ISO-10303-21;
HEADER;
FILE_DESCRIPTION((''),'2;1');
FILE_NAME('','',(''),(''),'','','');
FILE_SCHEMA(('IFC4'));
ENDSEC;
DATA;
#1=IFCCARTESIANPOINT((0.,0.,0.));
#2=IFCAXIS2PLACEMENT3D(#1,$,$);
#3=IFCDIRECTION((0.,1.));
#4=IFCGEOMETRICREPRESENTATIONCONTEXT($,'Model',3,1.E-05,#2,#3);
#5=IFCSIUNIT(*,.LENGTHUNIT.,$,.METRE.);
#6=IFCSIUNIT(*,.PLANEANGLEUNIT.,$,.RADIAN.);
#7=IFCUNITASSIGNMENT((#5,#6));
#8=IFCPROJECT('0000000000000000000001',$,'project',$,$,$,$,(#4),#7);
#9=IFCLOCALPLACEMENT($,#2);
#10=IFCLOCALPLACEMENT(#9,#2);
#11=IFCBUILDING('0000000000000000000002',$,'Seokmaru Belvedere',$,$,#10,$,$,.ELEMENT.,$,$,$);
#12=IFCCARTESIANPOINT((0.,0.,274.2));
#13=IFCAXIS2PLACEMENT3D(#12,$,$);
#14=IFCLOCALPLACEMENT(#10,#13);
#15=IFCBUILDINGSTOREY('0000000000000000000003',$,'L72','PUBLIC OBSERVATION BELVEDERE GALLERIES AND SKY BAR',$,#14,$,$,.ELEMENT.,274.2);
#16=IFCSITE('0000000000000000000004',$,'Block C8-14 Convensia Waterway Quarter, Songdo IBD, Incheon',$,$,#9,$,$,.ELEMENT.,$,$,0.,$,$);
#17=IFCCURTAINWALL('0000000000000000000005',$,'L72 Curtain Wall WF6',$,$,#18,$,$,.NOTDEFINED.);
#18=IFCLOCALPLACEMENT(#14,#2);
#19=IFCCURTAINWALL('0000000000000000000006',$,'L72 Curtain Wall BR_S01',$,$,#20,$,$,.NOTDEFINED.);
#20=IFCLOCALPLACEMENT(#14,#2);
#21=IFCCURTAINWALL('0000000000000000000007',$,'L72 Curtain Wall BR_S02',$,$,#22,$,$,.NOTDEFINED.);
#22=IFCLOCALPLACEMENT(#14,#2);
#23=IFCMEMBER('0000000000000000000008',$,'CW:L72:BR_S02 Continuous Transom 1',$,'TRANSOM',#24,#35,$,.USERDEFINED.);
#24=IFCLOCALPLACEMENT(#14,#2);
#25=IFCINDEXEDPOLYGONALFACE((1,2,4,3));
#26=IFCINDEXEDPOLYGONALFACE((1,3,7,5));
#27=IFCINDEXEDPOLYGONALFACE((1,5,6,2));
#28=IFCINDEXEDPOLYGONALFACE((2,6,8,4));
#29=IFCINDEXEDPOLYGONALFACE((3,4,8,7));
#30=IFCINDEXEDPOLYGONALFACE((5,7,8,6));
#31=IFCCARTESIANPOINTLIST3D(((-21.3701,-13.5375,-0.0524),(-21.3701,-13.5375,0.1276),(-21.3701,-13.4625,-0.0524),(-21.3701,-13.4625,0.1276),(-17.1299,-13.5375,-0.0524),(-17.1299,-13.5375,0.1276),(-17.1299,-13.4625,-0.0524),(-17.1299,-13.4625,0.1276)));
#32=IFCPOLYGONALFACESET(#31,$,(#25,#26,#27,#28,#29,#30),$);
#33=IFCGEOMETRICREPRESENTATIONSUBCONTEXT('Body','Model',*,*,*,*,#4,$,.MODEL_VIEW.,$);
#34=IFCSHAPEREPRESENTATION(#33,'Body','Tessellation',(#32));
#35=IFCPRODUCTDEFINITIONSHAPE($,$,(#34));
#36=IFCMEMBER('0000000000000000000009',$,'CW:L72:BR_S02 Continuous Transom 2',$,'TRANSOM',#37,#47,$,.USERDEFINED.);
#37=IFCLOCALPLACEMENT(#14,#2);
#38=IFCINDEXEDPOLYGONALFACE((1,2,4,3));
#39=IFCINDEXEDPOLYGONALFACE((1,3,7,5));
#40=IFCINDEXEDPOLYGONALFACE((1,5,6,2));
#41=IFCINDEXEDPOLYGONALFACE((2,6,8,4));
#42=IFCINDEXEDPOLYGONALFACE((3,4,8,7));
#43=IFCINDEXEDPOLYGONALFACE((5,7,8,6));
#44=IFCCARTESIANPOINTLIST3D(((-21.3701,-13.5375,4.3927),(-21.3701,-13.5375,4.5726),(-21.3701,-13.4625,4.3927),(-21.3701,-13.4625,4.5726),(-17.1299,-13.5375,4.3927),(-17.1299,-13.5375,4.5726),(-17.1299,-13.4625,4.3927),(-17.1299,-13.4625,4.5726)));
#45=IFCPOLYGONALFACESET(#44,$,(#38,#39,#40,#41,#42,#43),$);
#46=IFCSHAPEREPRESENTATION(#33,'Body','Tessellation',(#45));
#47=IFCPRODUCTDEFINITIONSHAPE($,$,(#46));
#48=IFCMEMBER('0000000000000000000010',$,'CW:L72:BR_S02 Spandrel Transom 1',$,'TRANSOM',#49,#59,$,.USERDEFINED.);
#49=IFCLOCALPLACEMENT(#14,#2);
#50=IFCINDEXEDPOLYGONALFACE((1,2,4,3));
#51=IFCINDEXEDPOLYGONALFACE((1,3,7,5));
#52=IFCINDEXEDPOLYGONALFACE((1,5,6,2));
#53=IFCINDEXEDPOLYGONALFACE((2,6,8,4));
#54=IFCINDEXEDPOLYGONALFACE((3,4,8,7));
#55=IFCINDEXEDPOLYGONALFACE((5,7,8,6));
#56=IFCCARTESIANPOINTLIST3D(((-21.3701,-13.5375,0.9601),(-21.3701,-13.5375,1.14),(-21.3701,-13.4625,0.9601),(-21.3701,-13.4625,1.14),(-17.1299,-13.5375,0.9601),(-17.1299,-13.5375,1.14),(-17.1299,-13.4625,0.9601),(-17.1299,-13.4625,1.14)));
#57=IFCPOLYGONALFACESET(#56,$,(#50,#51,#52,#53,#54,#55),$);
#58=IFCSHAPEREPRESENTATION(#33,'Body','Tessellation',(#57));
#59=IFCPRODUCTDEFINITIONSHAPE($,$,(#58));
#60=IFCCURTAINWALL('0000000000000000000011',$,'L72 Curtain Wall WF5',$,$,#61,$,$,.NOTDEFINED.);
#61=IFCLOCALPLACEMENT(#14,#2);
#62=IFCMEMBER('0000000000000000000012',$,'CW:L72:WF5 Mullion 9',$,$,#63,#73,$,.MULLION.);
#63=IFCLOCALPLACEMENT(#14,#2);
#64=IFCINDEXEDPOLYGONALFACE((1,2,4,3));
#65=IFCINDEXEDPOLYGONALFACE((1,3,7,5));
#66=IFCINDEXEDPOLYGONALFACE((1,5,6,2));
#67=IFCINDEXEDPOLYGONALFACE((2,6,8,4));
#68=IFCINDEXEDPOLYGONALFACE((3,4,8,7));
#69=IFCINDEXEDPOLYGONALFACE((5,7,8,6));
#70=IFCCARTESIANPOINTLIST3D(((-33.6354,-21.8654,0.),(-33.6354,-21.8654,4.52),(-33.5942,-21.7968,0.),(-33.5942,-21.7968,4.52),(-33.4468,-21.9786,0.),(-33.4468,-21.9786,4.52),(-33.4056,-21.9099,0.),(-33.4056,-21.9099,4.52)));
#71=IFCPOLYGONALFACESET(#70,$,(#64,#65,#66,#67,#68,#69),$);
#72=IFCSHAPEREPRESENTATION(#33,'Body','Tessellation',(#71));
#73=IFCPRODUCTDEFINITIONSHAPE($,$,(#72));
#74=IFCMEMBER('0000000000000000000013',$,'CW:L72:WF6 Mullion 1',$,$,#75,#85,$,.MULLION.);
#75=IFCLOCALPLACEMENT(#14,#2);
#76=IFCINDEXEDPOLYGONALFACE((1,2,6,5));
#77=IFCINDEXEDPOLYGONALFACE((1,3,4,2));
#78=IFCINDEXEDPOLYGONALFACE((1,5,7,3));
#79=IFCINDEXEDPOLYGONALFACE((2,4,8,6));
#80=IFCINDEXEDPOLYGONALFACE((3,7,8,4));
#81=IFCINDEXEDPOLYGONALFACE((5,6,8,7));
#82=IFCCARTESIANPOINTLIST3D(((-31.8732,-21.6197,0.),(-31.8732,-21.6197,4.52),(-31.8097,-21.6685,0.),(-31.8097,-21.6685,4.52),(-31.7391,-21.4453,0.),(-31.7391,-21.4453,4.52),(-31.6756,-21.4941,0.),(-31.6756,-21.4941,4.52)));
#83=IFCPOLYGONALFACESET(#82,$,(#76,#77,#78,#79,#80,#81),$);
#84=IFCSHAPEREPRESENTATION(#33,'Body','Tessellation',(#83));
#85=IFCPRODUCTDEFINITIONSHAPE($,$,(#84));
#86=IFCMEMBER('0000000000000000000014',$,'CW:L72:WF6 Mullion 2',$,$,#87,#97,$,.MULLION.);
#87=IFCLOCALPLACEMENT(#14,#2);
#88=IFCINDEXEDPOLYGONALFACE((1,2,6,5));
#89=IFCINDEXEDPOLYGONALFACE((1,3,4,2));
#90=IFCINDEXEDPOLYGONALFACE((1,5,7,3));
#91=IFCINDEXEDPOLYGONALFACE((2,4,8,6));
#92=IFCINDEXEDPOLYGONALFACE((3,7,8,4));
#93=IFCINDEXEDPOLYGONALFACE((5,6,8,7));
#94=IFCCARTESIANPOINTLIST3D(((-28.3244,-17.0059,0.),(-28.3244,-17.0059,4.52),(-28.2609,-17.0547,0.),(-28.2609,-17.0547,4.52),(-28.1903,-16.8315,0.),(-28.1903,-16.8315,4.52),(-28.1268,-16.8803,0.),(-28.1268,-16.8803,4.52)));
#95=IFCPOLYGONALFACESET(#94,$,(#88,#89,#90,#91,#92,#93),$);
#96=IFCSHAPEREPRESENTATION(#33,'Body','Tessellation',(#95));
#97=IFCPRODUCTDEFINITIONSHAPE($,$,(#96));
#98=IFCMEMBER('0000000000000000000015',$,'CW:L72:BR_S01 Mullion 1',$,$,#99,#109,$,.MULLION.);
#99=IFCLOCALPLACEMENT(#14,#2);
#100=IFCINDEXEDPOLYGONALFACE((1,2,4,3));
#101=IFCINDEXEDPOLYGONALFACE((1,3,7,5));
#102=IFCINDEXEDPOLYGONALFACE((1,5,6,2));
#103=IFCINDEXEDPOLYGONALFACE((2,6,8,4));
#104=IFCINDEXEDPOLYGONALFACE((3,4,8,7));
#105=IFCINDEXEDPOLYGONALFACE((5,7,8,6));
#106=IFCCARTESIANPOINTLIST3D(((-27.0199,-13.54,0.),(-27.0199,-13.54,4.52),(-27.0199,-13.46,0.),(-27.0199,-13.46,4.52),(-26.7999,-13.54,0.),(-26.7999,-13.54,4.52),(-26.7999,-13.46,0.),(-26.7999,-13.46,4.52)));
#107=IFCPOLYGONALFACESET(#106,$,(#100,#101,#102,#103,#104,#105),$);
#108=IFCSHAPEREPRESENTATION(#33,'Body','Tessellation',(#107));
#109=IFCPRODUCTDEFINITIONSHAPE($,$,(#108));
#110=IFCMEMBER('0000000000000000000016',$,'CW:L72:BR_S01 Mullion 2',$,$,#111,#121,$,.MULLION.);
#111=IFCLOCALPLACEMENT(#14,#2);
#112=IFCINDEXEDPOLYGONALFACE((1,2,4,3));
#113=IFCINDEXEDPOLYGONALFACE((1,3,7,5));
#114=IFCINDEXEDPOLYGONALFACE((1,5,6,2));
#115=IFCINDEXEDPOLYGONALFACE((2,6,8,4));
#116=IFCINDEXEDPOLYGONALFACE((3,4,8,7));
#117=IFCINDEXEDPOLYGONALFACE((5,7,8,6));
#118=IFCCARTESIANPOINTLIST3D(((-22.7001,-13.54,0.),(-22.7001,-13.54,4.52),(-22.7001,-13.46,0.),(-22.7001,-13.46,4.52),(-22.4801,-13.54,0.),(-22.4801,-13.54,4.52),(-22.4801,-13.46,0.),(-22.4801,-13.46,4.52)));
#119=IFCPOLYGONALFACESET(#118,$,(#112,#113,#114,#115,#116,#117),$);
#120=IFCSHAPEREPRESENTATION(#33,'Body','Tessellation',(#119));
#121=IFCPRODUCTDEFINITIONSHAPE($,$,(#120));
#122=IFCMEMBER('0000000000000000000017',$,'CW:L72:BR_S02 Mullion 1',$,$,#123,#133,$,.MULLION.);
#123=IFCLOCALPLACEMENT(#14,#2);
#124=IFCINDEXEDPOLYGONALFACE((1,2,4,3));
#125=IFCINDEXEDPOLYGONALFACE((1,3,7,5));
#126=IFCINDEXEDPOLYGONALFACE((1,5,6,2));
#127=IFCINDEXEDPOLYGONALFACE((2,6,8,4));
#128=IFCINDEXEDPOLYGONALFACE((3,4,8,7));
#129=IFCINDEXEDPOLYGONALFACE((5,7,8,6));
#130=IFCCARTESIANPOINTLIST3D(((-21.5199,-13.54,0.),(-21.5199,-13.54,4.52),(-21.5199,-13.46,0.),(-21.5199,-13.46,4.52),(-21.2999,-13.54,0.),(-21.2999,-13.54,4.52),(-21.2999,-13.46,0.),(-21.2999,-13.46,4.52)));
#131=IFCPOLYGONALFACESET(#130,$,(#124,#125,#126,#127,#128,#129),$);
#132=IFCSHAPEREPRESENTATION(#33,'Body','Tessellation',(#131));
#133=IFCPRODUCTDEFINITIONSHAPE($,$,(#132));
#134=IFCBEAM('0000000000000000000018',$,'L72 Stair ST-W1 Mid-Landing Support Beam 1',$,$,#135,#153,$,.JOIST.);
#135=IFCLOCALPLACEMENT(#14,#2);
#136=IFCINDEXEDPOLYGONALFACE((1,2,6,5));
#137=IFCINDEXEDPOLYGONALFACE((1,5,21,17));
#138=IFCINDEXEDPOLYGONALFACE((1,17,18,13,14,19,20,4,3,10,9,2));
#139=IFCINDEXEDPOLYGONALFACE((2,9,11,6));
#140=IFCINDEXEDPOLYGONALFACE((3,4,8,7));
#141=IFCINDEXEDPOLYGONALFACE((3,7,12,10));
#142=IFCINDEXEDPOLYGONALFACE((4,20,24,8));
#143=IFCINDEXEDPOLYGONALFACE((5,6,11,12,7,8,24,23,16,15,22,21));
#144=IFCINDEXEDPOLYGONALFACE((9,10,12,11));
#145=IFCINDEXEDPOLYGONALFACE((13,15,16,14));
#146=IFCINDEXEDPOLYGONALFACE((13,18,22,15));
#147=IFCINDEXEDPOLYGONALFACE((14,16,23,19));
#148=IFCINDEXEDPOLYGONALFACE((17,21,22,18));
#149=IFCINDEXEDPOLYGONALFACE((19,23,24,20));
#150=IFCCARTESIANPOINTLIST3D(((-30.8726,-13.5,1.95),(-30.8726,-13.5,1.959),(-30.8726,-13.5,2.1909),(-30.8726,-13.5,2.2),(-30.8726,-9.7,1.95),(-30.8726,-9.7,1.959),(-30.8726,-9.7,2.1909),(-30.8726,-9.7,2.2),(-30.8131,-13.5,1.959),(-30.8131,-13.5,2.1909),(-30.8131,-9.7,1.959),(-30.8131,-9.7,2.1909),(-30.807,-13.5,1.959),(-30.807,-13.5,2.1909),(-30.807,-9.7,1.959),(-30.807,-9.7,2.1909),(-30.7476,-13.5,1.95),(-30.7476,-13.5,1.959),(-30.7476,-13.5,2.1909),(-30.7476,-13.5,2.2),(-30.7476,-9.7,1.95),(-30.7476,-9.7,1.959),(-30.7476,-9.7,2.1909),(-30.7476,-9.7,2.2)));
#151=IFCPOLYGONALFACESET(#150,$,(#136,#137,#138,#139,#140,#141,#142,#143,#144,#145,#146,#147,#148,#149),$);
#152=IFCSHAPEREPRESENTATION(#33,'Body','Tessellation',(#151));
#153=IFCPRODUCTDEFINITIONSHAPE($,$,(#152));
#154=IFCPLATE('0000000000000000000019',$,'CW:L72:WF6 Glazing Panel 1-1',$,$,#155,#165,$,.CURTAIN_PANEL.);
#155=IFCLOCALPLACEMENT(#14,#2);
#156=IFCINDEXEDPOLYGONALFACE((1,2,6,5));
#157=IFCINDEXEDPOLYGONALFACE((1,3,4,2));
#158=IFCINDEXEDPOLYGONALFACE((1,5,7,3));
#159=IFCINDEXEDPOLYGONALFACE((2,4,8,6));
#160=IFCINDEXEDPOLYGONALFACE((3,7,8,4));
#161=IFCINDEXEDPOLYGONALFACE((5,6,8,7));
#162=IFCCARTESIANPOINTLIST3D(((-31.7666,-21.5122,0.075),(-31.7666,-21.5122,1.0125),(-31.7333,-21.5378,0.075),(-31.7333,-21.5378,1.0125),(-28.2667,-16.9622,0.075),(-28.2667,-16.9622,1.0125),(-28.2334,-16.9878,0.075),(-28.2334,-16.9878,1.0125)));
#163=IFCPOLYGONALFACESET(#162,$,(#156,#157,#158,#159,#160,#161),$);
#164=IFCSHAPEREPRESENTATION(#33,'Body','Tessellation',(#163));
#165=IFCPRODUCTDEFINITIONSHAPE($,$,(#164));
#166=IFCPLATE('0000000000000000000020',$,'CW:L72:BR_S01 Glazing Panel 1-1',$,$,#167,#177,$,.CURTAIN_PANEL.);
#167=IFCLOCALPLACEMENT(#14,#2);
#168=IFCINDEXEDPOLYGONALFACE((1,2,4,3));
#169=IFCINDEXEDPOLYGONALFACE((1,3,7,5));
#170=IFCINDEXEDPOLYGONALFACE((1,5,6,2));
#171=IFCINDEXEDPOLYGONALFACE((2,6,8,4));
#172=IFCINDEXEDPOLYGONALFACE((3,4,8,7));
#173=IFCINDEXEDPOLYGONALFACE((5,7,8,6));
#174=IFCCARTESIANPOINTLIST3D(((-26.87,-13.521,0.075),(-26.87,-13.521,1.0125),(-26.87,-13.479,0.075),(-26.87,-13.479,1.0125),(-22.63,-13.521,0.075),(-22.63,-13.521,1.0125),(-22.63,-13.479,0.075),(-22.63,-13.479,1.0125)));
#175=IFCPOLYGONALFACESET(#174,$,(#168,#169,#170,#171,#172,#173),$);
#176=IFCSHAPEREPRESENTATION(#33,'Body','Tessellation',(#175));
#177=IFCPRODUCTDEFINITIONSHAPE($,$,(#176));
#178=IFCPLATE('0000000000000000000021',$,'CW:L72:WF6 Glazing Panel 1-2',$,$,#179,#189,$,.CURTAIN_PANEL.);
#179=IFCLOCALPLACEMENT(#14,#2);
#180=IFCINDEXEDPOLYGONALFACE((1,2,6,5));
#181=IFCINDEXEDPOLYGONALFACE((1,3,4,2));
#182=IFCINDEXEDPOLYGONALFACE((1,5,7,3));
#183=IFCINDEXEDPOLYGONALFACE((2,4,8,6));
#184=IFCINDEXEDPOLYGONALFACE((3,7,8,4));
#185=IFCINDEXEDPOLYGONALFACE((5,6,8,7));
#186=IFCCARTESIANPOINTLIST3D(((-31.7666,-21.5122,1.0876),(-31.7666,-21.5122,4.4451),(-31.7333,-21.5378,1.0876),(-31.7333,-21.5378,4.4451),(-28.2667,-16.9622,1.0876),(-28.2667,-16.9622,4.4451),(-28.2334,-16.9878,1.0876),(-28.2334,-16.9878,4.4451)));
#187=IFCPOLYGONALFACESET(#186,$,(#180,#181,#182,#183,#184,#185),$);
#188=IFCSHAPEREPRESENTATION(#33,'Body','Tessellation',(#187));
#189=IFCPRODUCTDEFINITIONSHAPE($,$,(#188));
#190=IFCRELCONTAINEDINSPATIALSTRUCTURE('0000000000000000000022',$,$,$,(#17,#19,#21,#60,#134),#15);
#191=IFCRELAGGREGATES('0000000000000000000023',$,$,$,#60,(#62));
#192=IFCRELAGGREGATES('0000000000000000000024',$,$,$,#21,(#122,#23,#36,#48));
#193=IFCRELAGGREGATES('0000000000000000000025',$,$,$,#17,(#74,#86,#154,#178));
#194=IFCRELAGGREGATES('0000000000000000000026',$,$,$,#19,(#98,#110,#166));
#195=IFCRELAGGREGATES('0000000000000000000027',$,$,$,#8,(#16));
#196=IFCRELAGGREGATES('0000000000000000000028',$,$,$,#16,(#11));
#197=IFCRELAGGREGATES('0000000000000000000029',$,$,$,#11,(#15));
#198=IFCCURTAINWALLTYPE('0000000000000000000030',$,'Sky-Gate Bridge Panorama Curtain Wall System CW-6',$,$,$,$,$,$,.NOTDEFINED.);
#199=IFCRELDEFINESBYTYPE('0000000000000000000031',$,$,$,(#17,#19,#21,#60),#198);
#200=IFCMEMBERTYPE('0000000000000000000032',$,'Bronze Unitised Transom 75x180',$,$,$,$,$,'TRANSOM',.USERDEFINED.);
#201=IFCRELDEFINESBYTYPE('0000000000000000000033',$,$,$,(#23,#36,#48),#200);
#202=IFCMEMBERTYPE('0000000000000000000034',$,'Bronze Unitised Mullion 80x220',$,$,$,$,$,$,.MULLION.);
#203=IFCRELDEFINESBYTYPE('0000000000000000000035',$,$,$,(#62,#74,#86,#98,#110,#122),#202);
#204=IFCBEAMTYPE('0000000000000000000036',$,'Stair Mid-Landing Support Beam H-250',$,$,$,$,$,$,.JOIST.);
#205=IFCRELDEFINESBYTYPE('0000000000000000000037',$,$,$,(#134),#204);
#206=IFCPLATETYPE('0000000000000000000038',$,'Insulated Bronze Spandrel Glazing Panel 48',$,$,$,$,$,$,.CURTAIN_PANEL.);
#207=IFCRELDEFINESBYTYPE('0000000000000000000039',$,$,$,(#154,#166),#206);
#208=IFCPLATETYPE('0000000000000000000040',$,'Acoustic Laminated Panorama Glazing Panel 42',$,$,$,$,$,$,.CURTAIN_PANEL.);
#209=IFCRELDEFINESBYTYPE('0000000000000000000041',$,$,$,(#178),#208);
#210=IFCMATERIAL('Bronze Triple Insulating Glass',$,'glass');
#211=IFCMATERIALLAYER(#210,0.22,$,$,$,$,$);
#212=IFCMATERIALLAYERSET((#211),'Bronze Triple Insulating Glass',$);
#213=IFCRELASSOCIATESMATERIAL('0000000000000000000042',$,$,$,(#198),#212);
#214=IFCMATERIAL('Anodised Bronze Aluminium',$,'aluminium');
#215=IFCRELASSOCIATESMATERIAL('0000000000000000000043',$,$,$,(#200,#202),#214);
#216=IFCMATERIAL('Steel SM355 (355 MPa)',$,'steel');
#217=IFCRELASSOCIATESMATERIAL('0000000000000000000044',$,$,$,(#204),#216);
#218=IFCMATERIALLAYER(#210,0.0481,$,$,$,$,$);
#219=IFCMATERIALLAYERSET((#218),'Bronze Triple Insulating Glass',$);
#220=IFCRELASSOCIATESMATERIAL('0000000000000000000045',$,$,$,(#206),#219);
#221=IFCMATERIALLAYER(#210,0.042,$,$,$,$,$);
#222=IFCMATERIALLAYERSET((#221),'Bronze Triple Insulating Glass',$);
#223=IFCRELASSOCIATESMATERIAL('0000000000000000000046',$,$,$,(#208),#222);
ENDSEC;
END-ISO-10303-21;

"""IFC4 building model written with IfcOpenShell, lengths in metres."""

from ifc_helpers import new_model, si_unit, direction, frame, origin, origin_2d, place, context, subcontext, project, spatial, rectangle, i_section, extrude, source, transform, mapped, material, layer, layer_set, material_profile, profile_set, type_object, type_shapes, element, aggregate, save


model = new_model("IFC4")

# Units and contexts
model_context = context("Model", 3, precision=1e-05, world=origin(), true_north=direction((0.0, 1.0)))
body_context = subcontext(model_context, "Body", "Model", "MODEL_VIEW")
ifc_project = project(units=[si_unit("LENGTHUNIT", "METRE"), si_unit("PLANEANGLEUNIT", "RADIAN")], contexts=[model_context])

# Site, building, storey
site_placement = place(None, origin())
site = spatial("IfcSite", under=ifc_project, at=site_placement, Name="Block C8-14 Convensia Waterway Quarter, Songdo IBD, Incheon", CompositionType="ELEMENT", RefElevation=0.0)
building_placement = place(site_placement, origin())
building = spatial("IfcBuilding", under=site, at=building_placement, Name="Seokmaru Belvedere", CompositionType="ELEMENT")
storey_placement = place(building_placement, frame((0.0, 0.0, 274.2)))
storey = spatial("IfcBuildingStorey", under=building, at=storey_placement, Name="L72", Description="PUBLIC OBSERVATION BELVEDERE GALLERIES AND SKY BAR", CompositionType="ELEMENT", Elevation=274.2)

# Shared definitions
ifc_material_1 = material(Name="Steel SM355 (355 MPa)", Category="steel")

# Curtain walls, members
ifc_material_2 = material(Name="Bronze Triple Insulating Glass", Category="glass")
ifc_layer_1 = layer(ifc_material_2, 0.22)
ifc_layer_set_1 = layer_set([ifc_layer_1], Name="Bronze Triple Insulating Glass")
curtain_wall_type = type_object("IfcCurtainWallType", Name="Sky-Gate Bridge Panorama Curtain Wall System CW-6", PredefinedType="NOTDEFINED", material=ifc_layer_set_1)
curtain_wall_1_placement = place(storey_placement, origin())
curtain_wall_1 = element("IfcCurtainWall", 1, at=curtain_wall_1_placement, inside=storey, type_object=curtain_wall_type, Name="L72 Curtain Wall WF6", PredefinedType="NOTDEFINED")
ifc_material_3 = material(Name="Anodised Bronze Aluminium", Category="aluminium")
ifc_material_profile_1 = material_profile(ifc_material_3, rectangle(XDim=0.075, YDim=0.1799, at=origin_2d()), Name="CW-T-75x180")
ifc_profile_set_1 = profile_set([ifc_material_profile_1], Name="Anodised Bronze Aluminium")
member_type_1 = type_object("IfcMemberType", Name="Bronze Unitised Transom 75x180", ElementType="TRANSOM", PredefinedType="USERDEFINED", material=ifc_profile_set_1)
curtain_wall_2_placement = place(storey_placement, origin())
curtain_wall_2 = element("IfcCurtainWall", 2, at=curtain_wall_2_placement, inside=storey, type_object=curtain_wall_type, Name="L72 Curtain Wall BR_S01", PredefinedType="NOTDEFINED")
shared_shape_1 = source(origin(), body_context, "Body", "SweptSolid", [
    extrude(rectangle(XDim=0.075, YDim=0.1799, at=origin_2d()), origin(), (0.0, 0.0, 1.0), 4.2402),
])
curtain_wall_3_placement = place(storey_placement, origin())
curtain_wall_3 = element("IfcCurtainWall", 3, at=curtain_wall_3_placement, inside=storey, type_object=curtain_wall_type, Name="L72 Curtain Wall BR_S02", PredefinedType="NOTDEFINED")
member_1_placement = place(storey_placement, frame((-21.3701, -13.5, 0.0376), z_axis=(1.0, 0.0, 0.0), x_axis=(0.0, 1.0, 0.0)))
member_1 = element("IfcMember", 4, at=member_1_placement, type_object=member_type_1, Name="CW:L72:BR_S02 Continuous Transom 1", ObjectType="TRANSOM", PredefinedType="USERDEFINED", context=body_context, shape_type="MappedRepresentation", body=[
    mapped(shared_shape_1, transform((0.0, 0.0, 0.0), scale=1.0)),
])
member_2_placement = place(storey_placement, frame((-21.3701, -13.5, 4.4827), z_axis=(1.0, 0.0, 0.0), x_axis=(0.0, 1.0, 0.0)))
member_2 = element("IfcMember", 5, at=member_2_placement, type_object=member_type_1, Name="CW:L72:BR_S02 Continuous Transom 2", ObjectType="TRANSOM", PredefinedType="USERDEFINED", context=body_context, shape_type="MappedRepresentation", body=[
    mapped(shared_shape_1, transform((0.0, 0.0, 0.0), scale=1.0)),
])
member_3_placement = place(storey_placement, frame((-21.3701, -13.5, 1.05), z_axis=(1.0, 0.0, 0.0), x_axis=(0.0, 1.0, 0.0)))
member_3 = element("IfcMember", 6, at=member_3_placement, type_object=member_type_1, Name="CW:L72:BR_S02 Spandrel Transom 1", ObjectType="TRANSOM", PredefinedType="USERDEFINED", context=body_context, shape_type="MappedRepresentation", body=[
    mapped(shared_shape_1, transform((0.0, 0.0, 0.0), scale=1.0)),
])

# Curtain wall, member
curtain_wall_4_placement = place(storey_placement, origin())
curtain_wall_4 = element("IfcCurtainWall", 7, at=curtain_wall_4_placement, inside=storey, type_object=curtain_wall_type, Name="L72 Curtain Wall WF5", PredefinedType="NOTDEFINED")
ifc_material_profile_2 = material_profile(ifc_material_3, rectangle(XDim=0.0801, YDim=0.22, at=origin_2d()), Name="CW-M-80x220")
ifc_profile_set_2 = profile_set([ifc_material_profile_2], Name="Anodised Bronze Aluminium")
member_type_2 = type_object("IfcMemberType", Name="Bronze Unitised Mullion 80x220", PredefinedType="MULLION", material=ifc_profile_set_2)
shared_shape_2 = source(origin(), body_context, "Body", "SweptSolid", [
    extrude(rectangle(XDim=0.0801, YDim=0.22, at=origin_2d()), origin(), (0.0, 0.0, 1.0), 4.52),
])
type_shapes(member_type_2, [shared_shape_2])
member_4_placement = place(storey_placement, frame((-33.5205, -21.8877, 0.0), z_axis=(0.0, 0.0, 1.0), x_axis=(0.514495, 0.857493, 0.0)))
member_4 = element("IfcMember", 8, at=member_4_placement, type_object=member_type_2, Name="CW:L72:WF5 Mullion 9", PredefinedType="MULLION", context=body_context, shape_type="MappedRepresentation", body=[
    mapped(shared_shape_2, transform((0.0, 0.0, 0.0), scale=1.0)),
])
aggregate(curtain_wall_4, [member_4])

# Members
member_5_placement = place(storey_placement, frame((-31.7744, -21.5569, 0.0), z_axis=(0.0, 0.0, 1.0), x_axis=(-0.792631, 0.609701, 0.0)))
member_5 = element("IfcMember", 9, at=member_5_placement, type_object=member_type_2, Name="CW:L72:WF6 Mullion 1", PredefinedType="MULLION", context=body_context, shape_type="MappedRepresentation", body=[
    mapped(shared_shape_2, transform((0.0, 0.0, 0.0), scale=1.0)),
])
member_6_placement = place(storey_placement, frame((-28.2256, -16.9431, 0.0), z_axis=(0.0, 0.0, 1.0), x_axis=(-0.792631, 0.609701, 0.0)))
member_6 = element("IfcMember", 10, at=member_6_placement, type_object=member_type_2, Name="CW:L72:WF6 Mullion 2", PredefinedType="MULLION", context=body_context, shape_type="MappedRepresentation", body=[
    mapped(shared_shape_2, transform((0.0, 0.0, 0.0), scale=1.0)),
])
member_7_placement = place(storey_placement, frame((-26.9099, -13.5, 0.0), z_axis=(0.0, 0.0, 1.0), x_axis=(0.0, 1.0, 0.0)))
member_7 = element("IfcMember", 11, at=member_7_placement, type_object=member_type_2, Name="CW:L72:BR_S01 Mullion 1", PredefinedType="MULLION", context=body_context, shape_type="MappedRepresentation", body=[
    mapped(shared_shape_2, transform((0.0, 0.0, 0.0), scale=1.0)),
])
member_8_placement = place(storey_placement, frame((-22.5901, -13.5, 0.0), z_axis=(0.0, 0.0, 1.0), x_axis=(0.0, 1.0, 0.0)))
member_8 = element("IfcMember", 12, at=member_8_placement, type_object=member_type_2, Name="CW:L72:BR_S01 Mullion 2", PredefinedType="MULLION", context=body_context, shape_type="MappedRepresentation", body=[
    mapped(shared_shape_2, transform((0.0, 0.0, 0.0), scale=1.0)),
])
member_9_placement = place(storey_placement, frame((-21.4099, -13.5, 0.0), z_axis=(0.0, 0.0, 1.0), x_axis=(0.0, 1.0, 0.0)))
member_9 = element("IfcMember", 13, at=member_9_placement, type_object=member_type_2, Name="CW:L72:BR_S02 Mullion 1", PredefinedType="MULLION", context=body_context, shape_type="MappedRepresentation", body=[
    mapped(shared_shape_2, transform((0.0, 0.0, 0.0), scale=1.0)),
])
aggregate(curtain_wall_3, [member_9, member_1, member_2, member_3])

# Beam
ifc_material_profile_3 = material_profile(ifc_material_1, i_section(OverallWidth=0.125, OverallDepth=0.25, WebThickness=0.0061, FlangeThickness=0.009, at=origin_2d()), Name="H-250x125x6x9")
ifc_profile_set_3 = profile_set([ifc_material_profile_3], Name="Steel SM355 (355 MPa)")
beam_type_1 = type_object("IfcBeamType", Name="Stair Mid-Landing Support Beam H-250", PredefinedType="JOIST", material=ifc_profile_set_3)
shared_shape_3 = source(origin(), body_context, "Body", "SweptSolid", [
    extrude(i_section(OverallWidth=0.125, OverallDepth=0.25, WebThickness=0.0061, FlangeThickness=0.009, at=origin_2d()), origin(), (0.0, 0.0, 1.0), 3.8),
])
type_shapes(beam_type_1, [shared_shape_3])
beam_1_placement = place(storey_placement, frame((-30.8101, -13.5, 2.075), z_axis=(0.0, 1.0, 0.0), x_axis=(-1.0, 0.0, 0.0)))
element("IfcBeam", 14, at=beam_1_placement, inside=storey, type_object=beam_type_1, Name="L72 Stair ST-W1 Mid-Landing Support Beam 1", PredefinedType="JOIST", context=body_context, shape_type="MappedRepresentation", body=[
    mapped(shared_shape_3, transform((0.0, 0.0, 0.0), scale=1.0)),
])

# Plates
ifc_layer_2 = layer(ifc_material_2, 0.0481)
ifc_layer_set_2 = layer_set([ifc_layer_2], Name="Bronze Triple Insulating Glass")
plate_type_1 = type_object("IfcPlateType", Name="Insulated Bronze Spandrel Glazing Panel 48", PredefinedType="CURTAIN_PANEL", material=ifc_layer_set_2)
shared_shape_4 = source(origin(), body_context, "Body", "SweptSolid", [
    extrude(rectangle(XDim=5.7405, YDim=0.042, at=origin_2d()), origin(), (0.0, 0.0, 1.0), 0.9375),
])
plate_1_placement = place(storey_placement, frame((-30.0, -19.25, 0.075), z_axis=(0.0, 0.0, 1.0), x_axis=(0.609701, 0.792631, 0.0)))
plate_1 = element("IfcPlate", 15, at=plate_1_placement, type_object=plate_type_1, Name="CW:L72:WF6 Glazing Panel 1-1", PredefinedType="CURTAIN_PANEL", context=body_context, shape_type="MappedRepresentation", body=[
    mapped(shared_shape_4, transform((0.0, 0.0, 0.0), scale=1.0)),
])
shared_shape_5 = source(origin(), body_context, "Body", "SweptSolid", [
    extrude(rectangle(XDim=4.24, YDim=0.042, at=origin_2d()), origin(), (0.0, 0.0, 1.0), 0.9375),
])
type_shapes(plate_type_1, [shared_shape_4, shared_shape_5])
plate_2_placement = place(storey_placement, frame((-24.75, -13.5, 0.075), z_axis=(0.0, 0.0, 1.0), x_axis=(1.0, 0.0, 0.0)))
plate_2 = element("IfcPlate", 16, at=plate_2_placement, type_object=plate_type_1, Name="CW:L72:BR_S01 Glazing Panel 1-1", PredefinedType="CURTAIN_PANEL", context=body_context, shape_type="MappedRepresentation", body=[
    mapped(shared_shape_5, transform((0.0, 0.0, 0.0), scale=1.0)),
])
ifc_layer_3 = layer(ifc_material_2, 0.042)
ifc_layer_set_3 = layer_set([ifc_layer_3], Name="Bronze Triple Insulating Glass")
plate_type_2 = type_object("IfcPlateType", Name="Acoustic Laminated Panorama Glazing Panel 42", PredefinedType="CURTAIN_PANEL", material=ifc_layer_set_3)
shared_shape_6 = source(origin(), body_context, "Body", "SweptSolid", [
    extrude(rectangle(XDim=5.7405, YDim=0.042, at=origin_2d()), origin(), (0.0, 0.0, 1.0), 3.3574),
])
plate_3_placement = place(storey_placement, frame((-30.0, -19.25, 1.0876), z_axis=(0.0, 0.0, 1.0), x_axis=(0.609701, 0.792631, 0.0)))
plate_3 = element("IfcPlate", 17, at=plate_3_placement, type_object=plate_type_2, Name="CW:L72:WF6 Glazing Panel 1-2", PredefinedType="CURTAIN_PANEL", context=body_context, shape_type="MappedRepresentation", body=[
    mapped(shared_shape_6, transform((0.0, 0.0, 0.0), scale=1.0)),
])
aggregate(curtain_wall_1, [member_5, member_6, plate_1, plate_3])
aggregate(curtain_wall_2, [member_7, member_8, plate_2])

save(model, "model.ifc")
